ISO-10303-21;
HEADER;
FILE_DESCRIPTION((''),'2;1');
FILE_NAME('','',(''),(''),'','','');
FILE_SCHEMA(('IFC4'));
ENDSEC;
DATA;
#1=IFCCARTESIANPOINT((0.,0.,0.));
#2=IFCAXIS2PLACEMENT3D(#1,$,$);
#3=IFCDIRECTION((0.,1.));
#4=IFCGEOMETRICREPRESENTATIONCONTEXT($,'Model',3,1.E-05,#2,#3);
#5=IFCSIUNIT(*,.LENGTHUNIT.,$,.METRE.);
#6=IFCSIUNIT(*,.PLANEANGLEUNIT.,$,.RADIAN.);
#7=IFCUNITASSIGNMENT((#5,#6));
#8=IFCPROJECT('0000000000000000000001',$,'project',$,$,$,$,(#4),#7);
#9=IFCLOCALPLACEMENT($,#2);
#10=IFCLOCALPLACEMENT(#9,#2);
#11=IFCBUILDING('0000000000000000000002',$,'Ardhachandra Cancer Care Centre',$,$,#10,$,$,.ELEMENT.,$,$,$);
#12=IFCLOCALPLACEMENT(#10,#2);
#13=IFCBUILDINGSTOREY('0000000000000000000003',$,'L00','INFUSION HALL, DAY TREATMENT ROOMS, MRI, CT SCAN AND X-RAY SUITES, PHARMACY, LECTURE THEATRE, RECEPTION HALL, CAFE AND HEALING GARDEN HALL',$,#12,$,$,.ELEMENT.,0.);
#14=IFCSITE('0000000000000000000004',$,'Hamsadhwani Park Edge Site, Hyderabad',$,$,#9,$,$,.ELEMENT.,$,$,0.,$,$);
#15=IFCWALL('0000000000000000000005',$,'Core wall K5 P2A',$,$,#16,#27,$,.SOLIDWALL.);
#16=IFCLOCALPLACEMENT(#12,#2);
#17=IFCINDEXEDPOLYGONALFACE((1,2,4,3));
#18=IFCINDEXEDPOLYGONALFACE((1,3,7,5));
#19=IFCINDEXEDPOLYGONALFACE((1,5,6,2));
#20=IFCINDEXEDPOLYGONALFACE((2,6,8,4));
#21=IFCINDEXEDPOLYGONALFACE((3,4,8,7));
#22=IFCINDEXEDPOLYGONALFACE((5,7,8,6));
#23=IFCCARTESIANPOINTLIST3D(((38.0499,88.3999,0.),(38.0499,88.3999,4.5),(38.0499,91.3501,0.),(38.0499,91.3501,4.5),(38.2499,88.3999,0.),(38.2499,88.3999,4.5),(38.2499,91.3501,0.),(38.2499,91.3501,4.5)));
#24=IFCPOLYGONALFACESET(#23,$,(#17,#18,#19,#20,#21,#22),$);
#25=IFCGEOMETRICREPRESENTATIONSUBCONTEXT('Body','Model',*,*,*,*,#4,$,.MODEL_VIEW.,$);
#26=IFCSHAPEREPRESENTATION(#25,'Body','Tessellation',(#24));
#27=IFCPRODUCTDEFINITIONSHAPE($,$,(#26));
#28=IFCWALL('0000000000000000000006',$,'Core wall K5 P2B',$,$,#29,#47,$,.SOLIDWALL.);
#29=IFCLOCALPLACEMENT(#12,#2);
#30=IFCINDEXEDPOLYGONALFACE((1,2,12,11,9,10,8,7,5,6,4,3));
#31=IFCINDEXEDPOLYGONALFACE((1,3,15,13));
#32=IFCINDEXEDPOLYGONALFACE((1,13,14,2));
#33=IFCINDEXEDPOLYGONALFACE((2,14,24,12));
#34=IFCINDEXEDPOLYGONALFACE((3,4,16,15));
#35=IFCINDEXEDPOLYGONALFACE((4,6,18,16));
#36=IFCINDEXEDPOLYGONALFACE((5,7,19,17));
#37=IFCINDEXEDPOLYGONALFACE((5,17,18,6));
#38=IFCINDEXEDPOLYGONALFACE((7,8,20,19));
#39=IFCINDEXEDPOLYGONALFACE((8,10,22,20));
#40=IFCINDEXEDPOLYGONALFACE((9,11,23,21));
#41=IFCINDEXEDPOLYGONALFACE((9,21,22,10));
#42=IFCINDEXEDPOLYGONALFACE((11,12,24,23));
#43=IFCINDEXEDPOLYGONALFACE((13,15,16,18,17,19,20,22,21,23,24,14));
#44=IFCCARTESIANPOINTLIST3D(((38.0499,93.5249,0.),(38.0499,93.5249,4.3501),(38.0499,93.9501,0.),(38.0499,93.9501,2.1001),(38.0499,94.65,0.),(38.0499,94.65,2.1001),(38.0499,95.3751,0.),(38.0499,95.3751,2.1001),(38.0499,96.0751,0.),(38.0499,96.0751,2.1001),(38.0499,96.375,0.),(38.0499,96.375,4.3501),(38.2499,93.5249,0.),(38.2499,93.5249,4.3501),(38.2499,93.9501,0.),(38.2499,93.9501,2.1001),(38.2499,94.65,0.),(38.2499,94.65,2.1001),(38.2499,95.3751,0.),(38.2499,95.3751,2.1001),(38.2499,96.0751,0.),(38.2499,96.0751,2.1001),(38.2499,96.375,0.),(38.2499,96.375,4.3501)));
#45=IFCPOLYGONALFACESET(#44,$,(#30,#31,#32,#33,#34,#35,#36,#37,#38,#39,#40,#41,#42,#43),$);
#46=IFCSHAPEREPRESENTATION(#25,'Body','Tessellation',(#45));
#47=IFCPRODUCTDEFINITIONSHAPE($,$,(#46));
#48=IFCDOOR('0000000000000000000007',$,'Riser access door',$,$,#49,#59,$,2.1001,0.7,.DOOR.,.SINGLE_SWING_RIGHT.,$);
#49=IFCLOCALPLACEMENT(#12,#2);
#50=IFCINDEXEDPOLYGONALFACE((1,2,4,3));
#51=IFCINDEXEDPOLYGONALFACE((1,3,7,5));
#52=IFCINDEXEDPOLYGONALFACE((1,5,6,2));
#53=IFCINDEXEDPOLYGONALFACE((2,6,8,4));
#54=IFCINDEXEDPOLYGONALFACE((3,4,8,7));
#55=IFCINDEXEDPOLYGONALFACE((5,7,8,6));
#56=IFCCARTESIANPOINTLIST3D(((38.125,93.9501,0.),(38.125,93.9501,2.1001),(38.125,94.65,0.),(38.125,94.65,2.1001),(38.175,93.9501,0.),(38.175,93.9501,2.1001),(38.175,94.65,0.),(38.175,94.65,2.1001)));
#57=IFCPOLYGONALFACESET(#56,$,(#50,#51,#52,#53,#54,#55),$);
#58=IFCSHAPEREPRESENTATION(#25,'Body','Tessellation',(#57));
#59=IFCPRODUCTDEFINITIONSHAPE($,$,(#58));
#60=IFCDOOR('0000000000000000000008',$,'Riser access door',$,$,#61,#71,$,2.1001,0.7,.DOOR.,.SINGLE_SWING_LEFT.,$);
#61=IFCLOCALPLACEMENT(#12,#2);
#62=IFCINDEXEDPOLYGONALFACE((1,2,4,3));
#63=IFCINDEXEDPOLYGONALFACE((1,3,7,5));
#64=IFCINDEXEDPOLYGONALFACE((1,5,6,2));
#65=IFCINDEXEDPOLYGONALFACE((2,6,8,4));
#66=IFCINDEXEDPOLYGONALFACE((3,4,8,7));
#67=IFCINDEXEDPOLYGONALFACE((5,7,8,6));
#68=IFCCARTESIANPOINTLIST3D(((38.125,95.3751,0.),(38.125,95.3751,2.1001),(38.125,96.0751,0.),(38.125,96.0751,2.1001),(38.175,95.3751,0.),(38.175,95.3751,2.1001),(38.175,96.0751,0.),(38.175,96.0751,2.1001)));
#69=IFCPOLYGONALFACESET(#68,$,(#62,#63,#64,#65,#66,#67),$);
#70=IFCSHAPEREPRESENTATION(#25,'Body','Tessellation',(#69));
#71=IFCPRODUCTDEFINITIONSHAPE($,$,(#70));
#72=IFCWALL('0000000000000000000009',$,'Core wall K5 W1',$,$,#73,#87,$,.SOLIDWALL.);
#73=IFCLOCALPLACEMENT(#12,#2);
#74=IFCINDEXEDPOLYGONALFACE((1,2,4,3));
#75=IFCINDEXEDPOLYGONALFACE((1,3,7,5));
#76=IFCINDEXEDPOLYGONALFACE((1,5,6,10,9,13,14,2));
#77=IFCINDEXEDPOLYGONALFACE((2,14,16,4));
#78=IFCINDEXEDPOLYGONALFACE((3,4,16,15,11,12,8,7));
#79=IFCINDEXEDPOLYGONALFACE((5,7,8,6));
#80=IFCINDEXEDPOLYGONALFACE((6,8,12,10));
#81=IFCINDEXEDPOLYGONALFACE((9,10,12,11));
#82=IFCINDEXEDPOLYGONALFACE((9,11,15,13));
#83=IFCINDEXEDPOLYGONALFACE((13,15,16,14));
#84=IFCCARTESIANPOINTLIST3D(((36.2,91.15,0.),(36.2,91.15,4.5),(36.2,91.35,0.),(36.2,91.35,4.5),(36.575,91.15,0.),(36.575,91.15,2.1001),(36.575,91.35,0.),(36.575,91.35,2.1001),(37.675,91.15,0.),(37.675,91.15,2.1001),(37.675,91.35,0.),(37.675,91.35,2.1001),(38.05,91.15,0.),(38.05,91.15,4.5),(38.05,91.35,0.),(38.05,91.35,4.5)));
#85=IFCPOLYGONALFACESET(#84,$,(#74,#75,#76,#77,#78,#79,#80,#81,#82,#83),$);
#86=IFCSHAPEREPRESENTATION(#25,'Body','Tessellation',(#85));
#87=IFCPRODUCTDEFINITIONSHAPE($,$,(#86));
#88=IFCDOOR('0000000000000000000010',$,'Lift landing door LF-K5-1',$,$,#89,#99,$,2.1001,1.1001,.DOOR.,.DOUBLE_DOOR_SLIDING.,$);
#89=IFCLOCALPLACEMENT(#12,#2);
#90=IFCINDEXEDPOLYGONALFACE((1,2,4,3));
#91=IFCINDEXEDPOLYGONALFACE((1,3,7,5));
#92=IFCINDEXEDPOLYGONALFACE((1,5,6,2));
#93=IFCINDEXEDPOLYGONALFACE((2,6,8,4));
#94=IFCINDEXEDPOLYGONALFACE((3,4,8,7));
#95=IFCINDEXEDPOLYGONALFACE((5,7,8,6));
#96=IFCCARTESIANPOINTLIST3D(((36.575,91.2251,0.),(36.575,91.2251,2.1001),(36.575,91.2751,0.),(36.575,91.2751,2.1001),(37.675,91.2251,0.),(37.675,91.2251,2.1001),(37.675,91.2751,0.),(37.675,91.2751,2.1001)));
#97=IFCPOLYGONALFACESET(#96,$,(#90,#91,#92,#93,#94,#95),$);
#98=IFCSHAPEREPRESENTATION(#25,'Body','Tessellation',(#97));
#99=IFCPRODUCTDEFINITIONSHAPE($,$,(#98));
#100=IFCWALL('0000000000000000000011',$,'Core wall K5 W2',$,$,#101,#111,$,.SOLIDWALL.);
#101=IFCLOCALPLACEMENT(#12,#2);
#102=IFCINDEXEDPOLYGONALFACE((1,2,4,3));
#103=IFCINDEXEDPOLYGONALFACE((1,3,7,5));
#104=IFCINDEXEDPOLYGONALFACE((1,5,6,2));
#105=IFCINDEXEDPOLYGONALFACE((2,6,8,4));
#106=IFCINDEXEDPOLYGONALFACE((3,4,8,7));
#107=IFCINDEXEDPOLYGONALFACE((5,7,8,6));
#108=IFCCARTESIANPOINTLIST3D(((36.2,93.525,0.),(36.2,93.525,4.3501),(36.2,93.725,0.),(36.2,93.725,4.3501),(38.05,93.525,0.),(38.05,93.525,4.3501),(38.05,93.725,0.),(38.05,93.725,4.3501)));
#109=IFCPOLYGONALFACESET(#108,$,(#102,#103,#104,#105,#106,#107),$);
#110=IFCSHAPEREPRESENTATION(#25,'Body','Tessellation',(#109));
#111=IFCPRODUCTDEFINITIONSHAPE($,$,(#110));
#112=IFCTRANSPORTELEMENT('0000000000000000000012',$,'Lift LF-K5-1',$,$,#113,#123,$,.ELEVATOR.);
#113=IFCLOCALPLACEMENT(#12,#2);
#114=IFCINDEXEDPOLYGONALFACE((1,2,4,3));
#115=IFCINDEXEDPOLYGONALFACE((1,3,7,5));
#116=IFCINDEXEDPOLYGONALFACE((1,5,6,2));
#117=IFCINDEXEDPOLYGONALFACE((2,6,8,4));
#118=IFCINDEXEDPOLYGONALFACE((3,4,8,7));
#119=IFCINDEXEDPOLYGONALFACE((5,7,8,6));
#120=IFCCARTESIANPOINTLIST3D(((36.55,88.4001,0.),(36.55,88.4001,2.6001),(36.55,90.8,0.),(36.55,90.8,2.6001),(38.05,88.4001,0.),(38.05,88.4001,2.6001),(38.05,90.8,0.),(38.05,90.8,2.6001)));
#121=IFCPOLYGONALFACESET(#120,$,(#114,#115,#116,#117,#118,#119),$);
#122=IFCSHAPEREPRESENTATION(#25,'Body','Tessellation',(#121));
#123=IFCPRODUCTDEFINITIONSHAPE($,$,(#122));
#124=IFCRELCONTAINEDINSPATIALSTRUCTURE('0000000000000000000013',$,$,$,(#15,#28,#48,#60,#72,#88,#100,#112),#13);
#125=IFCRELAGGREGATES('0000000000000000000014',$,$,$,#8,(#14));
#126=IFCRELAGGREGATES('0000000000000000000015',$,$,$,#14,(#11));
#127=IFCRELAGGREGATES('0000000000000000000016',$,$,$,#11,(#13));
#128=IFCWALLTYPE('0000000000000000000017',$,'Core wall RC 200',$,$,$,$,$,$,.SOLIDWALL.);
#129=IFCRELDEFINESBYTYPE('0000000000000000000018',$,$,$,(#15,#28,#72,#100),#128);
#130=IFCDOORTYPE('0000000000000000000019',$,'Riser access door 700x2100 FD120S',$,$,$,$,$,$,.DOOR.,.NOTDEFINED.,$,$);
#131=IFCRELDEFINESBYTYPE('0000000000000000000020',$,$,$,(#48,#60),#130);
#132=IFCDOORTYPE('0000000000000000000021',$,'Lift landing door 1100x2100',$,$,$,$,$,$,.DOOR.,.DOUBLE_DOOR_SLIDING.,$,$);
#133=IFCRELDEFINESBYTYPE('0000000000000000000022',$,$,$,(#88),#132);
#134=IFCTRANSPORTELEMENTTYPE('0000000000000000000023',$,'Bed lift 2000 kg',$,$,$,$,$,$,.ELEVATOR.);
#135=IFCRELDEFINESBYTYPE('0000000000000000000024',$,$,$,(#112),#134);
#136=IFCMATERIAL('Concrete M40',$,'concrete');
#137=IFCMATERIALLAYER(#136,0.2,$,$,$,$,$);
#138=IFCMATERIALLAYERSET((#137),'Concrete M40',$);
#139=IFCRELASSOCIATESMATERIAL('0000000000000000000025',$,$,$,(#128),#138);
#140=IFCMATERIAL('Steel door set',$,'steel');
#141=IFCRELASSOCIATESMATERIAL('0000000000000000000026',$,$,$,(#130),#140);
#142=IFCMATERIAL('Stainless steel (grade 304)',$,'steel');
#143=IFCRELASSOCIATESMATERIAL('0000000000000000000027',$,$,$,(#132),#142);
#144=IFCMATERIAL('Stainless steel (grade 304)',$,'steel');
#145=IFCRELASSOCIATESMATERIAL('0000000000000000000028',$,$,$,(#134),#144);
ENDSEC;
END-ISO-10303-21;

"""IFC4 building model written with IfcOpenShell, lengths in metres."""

from ifc_helpers import new_model, si_unit, direction, frame, frame_2d, origin, origin_2d, place, context, subcontext, project, spatial, rectangle, extrude, material, layer, layer_set, type_object, element, fill, save


model = new_model("IFC4")

# Units and contexts
model_context = context("Model", 3, precision=1e-05, world=origin(), true_north=direction((0.0, 1.0)))
body_context = subcontext(model_context, "Body", "Model", "MODEL_VIEW")
ifc_project = project(units=[si_unit("LENGTHUNIT", "METRE"), si_unit("PLANEANGLEUNIT", "RADIAN")], contexts=[model_context])

# Site, building, storey
site_placement = place(None, origin())
site = spatial("IfcSite", under=ifc_project, at=site_placement, Name="Hamsadhwani Park Edge Site, Hyderabad", CompositionType="ELEMENT", RefElevation=0.0)
building_placement = place(site_placement, origin())
building = spatial("IfcBuilding", under=site, at=building_placement, Name="Ardhachandra Cancer Care Centre", CompositionType="ELEMENT")
storey_placement = place(building_placement, origin())
storey = spatial("IfcBuildingStorey", under=building, at=storey_placement, Name="L00", Description="INFUSION HALL, DAY TREATMENT ROOMS, MRI, CT SCAN AND X-RAY SUITES, PHARMACY, LECTURE THEATRE, RECEPTION HALL, CAFE AND HEALING GARDEN HALL", CompositionType="ELEMENT", Elevation=0.0)

# Wall
ifc_material_1 = material(Name="Concrete M40", Category="concrete")
ifc_layer_1 = layer(ifc_material_1, 0.2)
ifc_layer_set_1 = layer_set([ifc_layer_1], Name="Concrete M40")
wall_type_1 = type_object("IfcWallType", Name="Core wall RC 200", PredefinedType="SOLIDWALL", material=ifc_layer_set_1)
wall_1_placement = place(storey_placement, frame((38.1499, 88.3999, 0.0), z_axis=(0.0, 0.0, 1.0), x_axis=(0.0, 1.0, 0.0)))
element("IfcWall", 1, at=wall_1_placement, inside=storey, type_object=wall_type_1, Name="Core wall K5 P2A", PredefinedType="SOLIDWALL", context=body_context, shape_type="SweptSolid", body=[
    extrude(rectangle(XDim=2.9502, YDim=0.2, at=frame_2d((1.4751, 0.0))), origin(), (0.0, 0.0, 1.0), 4.5),
])

# Wall, openings, doors
wall_2_placement = place(storey_placement, frame((38.1499, 93.5249, 0.0), z_axis=(0.0, 0.0, 1.0), x_axis=(0.0, 1.0, 0.0)))
wall_2 = element("IfcWall", 2, at=wall_2_placement, inside=storey, type_object=wall_type_1, Name="Core wall K5 P2B", PredefinedType="SOLIDWALL", context=body_context, shape_type="SweptSolid", body=[
    extrude(rectangle(XDim=2.8501, YDim=0.2, at=frame_2d((1.425, 0.0))), origin(), (0.0, 0.0, 1.0), 4.3501),
])
opening_1_placement = place(wall_2_placement, frame((0.425, 0.0, 0.0)))
opening_1 = element("IfcOpeningElement", 3, at=opening_1_placement, cuts=wall_2, PredefinedType="OPENING", context=body_context, shape_type="SweptSolid", body=[
    extrude(rectangle(XDim=0.7, YDim=2.1001, at=frame_2d((0.3501, 1.05))), frame((0.0, 0.1099, 0.0), z_axis=(0.0, -1.0, 0.0), x_axis=(1.0, 0.0, 0.0)), (0.0, 0.0, 1.0), 0.22),
])
opening_2_placement = place(wall_2_placement, frame((1.8501, 0.0, 0.0)))
opening_2 = element("IfcOpeningElement", 4, at=opening_2_placement, cuts=wall_2, PredefinedType="OPENING", context=body_context, shape_type="SweptSolid", body=[
    extrude(rectangle(XDim=0.7, YDim=2.1001, at=frame_2d((0.3501, 1.05))), frame((0.0, 0.1099, 0.0), z_axis=(0.0, -1.0, 0.0), x_axis=(1.0, 0.0, 0.0)), (0.0, 0.0, 1.0), 0.22),
])
ifc_material_2 = material(Name="Steel door set", Category="steel")
door_type_1 = type_object("IfcDoorType", Name="Riser access door 700x2100 FD120S", OperationType="NOTDEFINED", PredefinedType="DOOR", material=ifc_material_2)
door_1_placement = place(opening_1_placement, origin())
door_1 = element("IfcDoor", 5, at=door_1_placement, inside=storey, type_object=door_type_1, Name="Riser access door", OperationType="SINGLE_SWING_RIGHT", OverallHeight=2.1001, OverallWidth=0.7, PredefinedType="DOOR", context=body_context, shape_type="SweptSolid", body=[
    extrude(rectangle(XDim=0.7, YDim=2.1001, at=frame_2d((0.3501, 1.05))), frame((0.0, 0.0249, 0.0), z_axis=(0.0, -1.0, 0.0), x_axis=(1.0, 0.0, 0.0)), (0.0, 0.0, 1.0), 0.05),
])
fill(opening_1, door_1)
door_2_placement = place(opening_2_placement, origin())
door_2 = element("IfcDoor", 6, at=door_2_placement, inside=storey, type_object=door_type_1, Name="Riser access door", OperationType="SINGLE_SWING_LEFT", OverallHeight=2.1001, OverallWidth=0.7, PredefinedType="DOOR", context=body_context, shape_type="SweptSolid", body=[
    extrude(rectangle(XDim=0.7, YDim=2.1001, at=frame_2d((0.3501, 1.05))), frame((0.0, 0.0249, 0.0), z_axis=(0.0, -1.0, 0.0), x_axis=(1.0, 0.0, 0.0)), (0.0, 0.0, 1.0), 0.05),
])
fill(opening_2, door_2)

# Wall, opening, door
wall_3_placement = place(storey_placement, frame((38.05, 91.25, 0.0), z_axis=(0.0, 0.0, 1.0), x_axis=(-1.0, 0.0, 0.0)))
wall_3 = element("IfcWall", 7, at=wall_3_placement, inside=storey, type_object=wall_type_1, Name="Core wall K5 W1", PredefinedType="SOLIDWALL", context=body_context, shape_type="SweptSolid", body=[
    extrude(rectangle(XDim=1.8501, YDim=0.2, at=frame_2d((0.925, 0.0))), origin(), (0.0, 0.0, 1.0), 4.5),
])
opening_3_placement = place(wall_3_placement, frame((0.375, 0.0, 0.0)))
opening_3 = element("IfcOpeningElement", 8, at=opening_3_placement, cuts=wall_3, PredefinedType="OPENING", context=body_context, shape_type="SweptSolid", body=[
    extrude(rectangle(XDim=1.1001, YDim=2.1001, at=frame_2d((0.55, 1.05))), frame((0.0, 0.1099, 0.0), z_axis=(0.0, -1.0, 0.0), x_axis=(1.0, 0.0, 0.0)), (0.0, 0.0, 1.0), 0.22),
])
ifc_material_3 = material(Name="Stainless steel (grade 304)", Category="steel")
door_type_2 = type_object("IfcDoorType", Name="Lift landing door 1100x2100", OperationType="DOUBLE_DOOR_SLIDING", PredefinedType="DOOR", material=ifc_material_3)
door_3_placement = place(opening_3_placement, origin())
door_3 = element("IfcDoor", 9, at=door_3_placement, inside=storey, type_object=door_type_2, Name="Lift landing door LF-K5-1", OperationType="DOUBLE_DOOR_SLIDING", OverallHeight=2.1001, OverallWidth=1.1001, PredefinedType="DOOR", context=body_context, shape_type="SweptSolid", body=[
    extrude(rectangle(XDim=1.1001, YDim=2.1001, at=frame_2d((0.55, 1.05))), frame((0.0, 0.0249, 0.0), z_axis=(0.0, -1.0, 0.0), x_axis=(1.0, 0.0, 0.0)), (0.0, 0.0, 1.0), 0.05),
])
fill(opening_3, door_3)

# Wall
wall_4_placement = place(storey_placement, frame((38.05, 93.625, 0.0), z_axis=(0.0, 0.0, 1.0), x_axis=(-1.0, 0.0, 0.0)))
element("IfcWall", 10, at=wall_4_placement, inside=storey, type_object=wall_type_1, Name="Core wall K5 W2", PredefinedType="SOLIDWALL", context=body_context, shape_type="SweptSolid", body=[
    extrude(rectangle(XDim=1.8501, YDim=0.2, at=frame_2d((0.925, 0.0))), origin(), (0.0, 0.0, 1.0), 4.3501),
])

# Transport element
ifc_material_4 = material(Name="Stainless steel (grade 304)", Category="steel")
transport_element_type = type_object("IfcTransportElementType", Name="Bed lift 2000 kg", PredefinedType="ELEVATOR", material=ifc_material_4)
transport_element_placement = place(storey_placement, frame((37.3, 89.6001, 0.0), z_axis=(0.0, 0.0, 1.0), x_axis=(1.0, 0.0, 0.0)))
element("IfcTransportElement", 11, at=transport_element_placement, inside=storey, type_object=transport_element_type, Name="Lift LF-K5-1", PredefinedType="ELEVATOR", context=body_context, shape_type="SweptSolid", body=[
    extrude(rectangle(XDim=1.5, YDim=2.3999, at=origin_2d()), origin(), (0.0, 0.0, 1.0), 2.6001),
])

save(model, "model.ifc")
